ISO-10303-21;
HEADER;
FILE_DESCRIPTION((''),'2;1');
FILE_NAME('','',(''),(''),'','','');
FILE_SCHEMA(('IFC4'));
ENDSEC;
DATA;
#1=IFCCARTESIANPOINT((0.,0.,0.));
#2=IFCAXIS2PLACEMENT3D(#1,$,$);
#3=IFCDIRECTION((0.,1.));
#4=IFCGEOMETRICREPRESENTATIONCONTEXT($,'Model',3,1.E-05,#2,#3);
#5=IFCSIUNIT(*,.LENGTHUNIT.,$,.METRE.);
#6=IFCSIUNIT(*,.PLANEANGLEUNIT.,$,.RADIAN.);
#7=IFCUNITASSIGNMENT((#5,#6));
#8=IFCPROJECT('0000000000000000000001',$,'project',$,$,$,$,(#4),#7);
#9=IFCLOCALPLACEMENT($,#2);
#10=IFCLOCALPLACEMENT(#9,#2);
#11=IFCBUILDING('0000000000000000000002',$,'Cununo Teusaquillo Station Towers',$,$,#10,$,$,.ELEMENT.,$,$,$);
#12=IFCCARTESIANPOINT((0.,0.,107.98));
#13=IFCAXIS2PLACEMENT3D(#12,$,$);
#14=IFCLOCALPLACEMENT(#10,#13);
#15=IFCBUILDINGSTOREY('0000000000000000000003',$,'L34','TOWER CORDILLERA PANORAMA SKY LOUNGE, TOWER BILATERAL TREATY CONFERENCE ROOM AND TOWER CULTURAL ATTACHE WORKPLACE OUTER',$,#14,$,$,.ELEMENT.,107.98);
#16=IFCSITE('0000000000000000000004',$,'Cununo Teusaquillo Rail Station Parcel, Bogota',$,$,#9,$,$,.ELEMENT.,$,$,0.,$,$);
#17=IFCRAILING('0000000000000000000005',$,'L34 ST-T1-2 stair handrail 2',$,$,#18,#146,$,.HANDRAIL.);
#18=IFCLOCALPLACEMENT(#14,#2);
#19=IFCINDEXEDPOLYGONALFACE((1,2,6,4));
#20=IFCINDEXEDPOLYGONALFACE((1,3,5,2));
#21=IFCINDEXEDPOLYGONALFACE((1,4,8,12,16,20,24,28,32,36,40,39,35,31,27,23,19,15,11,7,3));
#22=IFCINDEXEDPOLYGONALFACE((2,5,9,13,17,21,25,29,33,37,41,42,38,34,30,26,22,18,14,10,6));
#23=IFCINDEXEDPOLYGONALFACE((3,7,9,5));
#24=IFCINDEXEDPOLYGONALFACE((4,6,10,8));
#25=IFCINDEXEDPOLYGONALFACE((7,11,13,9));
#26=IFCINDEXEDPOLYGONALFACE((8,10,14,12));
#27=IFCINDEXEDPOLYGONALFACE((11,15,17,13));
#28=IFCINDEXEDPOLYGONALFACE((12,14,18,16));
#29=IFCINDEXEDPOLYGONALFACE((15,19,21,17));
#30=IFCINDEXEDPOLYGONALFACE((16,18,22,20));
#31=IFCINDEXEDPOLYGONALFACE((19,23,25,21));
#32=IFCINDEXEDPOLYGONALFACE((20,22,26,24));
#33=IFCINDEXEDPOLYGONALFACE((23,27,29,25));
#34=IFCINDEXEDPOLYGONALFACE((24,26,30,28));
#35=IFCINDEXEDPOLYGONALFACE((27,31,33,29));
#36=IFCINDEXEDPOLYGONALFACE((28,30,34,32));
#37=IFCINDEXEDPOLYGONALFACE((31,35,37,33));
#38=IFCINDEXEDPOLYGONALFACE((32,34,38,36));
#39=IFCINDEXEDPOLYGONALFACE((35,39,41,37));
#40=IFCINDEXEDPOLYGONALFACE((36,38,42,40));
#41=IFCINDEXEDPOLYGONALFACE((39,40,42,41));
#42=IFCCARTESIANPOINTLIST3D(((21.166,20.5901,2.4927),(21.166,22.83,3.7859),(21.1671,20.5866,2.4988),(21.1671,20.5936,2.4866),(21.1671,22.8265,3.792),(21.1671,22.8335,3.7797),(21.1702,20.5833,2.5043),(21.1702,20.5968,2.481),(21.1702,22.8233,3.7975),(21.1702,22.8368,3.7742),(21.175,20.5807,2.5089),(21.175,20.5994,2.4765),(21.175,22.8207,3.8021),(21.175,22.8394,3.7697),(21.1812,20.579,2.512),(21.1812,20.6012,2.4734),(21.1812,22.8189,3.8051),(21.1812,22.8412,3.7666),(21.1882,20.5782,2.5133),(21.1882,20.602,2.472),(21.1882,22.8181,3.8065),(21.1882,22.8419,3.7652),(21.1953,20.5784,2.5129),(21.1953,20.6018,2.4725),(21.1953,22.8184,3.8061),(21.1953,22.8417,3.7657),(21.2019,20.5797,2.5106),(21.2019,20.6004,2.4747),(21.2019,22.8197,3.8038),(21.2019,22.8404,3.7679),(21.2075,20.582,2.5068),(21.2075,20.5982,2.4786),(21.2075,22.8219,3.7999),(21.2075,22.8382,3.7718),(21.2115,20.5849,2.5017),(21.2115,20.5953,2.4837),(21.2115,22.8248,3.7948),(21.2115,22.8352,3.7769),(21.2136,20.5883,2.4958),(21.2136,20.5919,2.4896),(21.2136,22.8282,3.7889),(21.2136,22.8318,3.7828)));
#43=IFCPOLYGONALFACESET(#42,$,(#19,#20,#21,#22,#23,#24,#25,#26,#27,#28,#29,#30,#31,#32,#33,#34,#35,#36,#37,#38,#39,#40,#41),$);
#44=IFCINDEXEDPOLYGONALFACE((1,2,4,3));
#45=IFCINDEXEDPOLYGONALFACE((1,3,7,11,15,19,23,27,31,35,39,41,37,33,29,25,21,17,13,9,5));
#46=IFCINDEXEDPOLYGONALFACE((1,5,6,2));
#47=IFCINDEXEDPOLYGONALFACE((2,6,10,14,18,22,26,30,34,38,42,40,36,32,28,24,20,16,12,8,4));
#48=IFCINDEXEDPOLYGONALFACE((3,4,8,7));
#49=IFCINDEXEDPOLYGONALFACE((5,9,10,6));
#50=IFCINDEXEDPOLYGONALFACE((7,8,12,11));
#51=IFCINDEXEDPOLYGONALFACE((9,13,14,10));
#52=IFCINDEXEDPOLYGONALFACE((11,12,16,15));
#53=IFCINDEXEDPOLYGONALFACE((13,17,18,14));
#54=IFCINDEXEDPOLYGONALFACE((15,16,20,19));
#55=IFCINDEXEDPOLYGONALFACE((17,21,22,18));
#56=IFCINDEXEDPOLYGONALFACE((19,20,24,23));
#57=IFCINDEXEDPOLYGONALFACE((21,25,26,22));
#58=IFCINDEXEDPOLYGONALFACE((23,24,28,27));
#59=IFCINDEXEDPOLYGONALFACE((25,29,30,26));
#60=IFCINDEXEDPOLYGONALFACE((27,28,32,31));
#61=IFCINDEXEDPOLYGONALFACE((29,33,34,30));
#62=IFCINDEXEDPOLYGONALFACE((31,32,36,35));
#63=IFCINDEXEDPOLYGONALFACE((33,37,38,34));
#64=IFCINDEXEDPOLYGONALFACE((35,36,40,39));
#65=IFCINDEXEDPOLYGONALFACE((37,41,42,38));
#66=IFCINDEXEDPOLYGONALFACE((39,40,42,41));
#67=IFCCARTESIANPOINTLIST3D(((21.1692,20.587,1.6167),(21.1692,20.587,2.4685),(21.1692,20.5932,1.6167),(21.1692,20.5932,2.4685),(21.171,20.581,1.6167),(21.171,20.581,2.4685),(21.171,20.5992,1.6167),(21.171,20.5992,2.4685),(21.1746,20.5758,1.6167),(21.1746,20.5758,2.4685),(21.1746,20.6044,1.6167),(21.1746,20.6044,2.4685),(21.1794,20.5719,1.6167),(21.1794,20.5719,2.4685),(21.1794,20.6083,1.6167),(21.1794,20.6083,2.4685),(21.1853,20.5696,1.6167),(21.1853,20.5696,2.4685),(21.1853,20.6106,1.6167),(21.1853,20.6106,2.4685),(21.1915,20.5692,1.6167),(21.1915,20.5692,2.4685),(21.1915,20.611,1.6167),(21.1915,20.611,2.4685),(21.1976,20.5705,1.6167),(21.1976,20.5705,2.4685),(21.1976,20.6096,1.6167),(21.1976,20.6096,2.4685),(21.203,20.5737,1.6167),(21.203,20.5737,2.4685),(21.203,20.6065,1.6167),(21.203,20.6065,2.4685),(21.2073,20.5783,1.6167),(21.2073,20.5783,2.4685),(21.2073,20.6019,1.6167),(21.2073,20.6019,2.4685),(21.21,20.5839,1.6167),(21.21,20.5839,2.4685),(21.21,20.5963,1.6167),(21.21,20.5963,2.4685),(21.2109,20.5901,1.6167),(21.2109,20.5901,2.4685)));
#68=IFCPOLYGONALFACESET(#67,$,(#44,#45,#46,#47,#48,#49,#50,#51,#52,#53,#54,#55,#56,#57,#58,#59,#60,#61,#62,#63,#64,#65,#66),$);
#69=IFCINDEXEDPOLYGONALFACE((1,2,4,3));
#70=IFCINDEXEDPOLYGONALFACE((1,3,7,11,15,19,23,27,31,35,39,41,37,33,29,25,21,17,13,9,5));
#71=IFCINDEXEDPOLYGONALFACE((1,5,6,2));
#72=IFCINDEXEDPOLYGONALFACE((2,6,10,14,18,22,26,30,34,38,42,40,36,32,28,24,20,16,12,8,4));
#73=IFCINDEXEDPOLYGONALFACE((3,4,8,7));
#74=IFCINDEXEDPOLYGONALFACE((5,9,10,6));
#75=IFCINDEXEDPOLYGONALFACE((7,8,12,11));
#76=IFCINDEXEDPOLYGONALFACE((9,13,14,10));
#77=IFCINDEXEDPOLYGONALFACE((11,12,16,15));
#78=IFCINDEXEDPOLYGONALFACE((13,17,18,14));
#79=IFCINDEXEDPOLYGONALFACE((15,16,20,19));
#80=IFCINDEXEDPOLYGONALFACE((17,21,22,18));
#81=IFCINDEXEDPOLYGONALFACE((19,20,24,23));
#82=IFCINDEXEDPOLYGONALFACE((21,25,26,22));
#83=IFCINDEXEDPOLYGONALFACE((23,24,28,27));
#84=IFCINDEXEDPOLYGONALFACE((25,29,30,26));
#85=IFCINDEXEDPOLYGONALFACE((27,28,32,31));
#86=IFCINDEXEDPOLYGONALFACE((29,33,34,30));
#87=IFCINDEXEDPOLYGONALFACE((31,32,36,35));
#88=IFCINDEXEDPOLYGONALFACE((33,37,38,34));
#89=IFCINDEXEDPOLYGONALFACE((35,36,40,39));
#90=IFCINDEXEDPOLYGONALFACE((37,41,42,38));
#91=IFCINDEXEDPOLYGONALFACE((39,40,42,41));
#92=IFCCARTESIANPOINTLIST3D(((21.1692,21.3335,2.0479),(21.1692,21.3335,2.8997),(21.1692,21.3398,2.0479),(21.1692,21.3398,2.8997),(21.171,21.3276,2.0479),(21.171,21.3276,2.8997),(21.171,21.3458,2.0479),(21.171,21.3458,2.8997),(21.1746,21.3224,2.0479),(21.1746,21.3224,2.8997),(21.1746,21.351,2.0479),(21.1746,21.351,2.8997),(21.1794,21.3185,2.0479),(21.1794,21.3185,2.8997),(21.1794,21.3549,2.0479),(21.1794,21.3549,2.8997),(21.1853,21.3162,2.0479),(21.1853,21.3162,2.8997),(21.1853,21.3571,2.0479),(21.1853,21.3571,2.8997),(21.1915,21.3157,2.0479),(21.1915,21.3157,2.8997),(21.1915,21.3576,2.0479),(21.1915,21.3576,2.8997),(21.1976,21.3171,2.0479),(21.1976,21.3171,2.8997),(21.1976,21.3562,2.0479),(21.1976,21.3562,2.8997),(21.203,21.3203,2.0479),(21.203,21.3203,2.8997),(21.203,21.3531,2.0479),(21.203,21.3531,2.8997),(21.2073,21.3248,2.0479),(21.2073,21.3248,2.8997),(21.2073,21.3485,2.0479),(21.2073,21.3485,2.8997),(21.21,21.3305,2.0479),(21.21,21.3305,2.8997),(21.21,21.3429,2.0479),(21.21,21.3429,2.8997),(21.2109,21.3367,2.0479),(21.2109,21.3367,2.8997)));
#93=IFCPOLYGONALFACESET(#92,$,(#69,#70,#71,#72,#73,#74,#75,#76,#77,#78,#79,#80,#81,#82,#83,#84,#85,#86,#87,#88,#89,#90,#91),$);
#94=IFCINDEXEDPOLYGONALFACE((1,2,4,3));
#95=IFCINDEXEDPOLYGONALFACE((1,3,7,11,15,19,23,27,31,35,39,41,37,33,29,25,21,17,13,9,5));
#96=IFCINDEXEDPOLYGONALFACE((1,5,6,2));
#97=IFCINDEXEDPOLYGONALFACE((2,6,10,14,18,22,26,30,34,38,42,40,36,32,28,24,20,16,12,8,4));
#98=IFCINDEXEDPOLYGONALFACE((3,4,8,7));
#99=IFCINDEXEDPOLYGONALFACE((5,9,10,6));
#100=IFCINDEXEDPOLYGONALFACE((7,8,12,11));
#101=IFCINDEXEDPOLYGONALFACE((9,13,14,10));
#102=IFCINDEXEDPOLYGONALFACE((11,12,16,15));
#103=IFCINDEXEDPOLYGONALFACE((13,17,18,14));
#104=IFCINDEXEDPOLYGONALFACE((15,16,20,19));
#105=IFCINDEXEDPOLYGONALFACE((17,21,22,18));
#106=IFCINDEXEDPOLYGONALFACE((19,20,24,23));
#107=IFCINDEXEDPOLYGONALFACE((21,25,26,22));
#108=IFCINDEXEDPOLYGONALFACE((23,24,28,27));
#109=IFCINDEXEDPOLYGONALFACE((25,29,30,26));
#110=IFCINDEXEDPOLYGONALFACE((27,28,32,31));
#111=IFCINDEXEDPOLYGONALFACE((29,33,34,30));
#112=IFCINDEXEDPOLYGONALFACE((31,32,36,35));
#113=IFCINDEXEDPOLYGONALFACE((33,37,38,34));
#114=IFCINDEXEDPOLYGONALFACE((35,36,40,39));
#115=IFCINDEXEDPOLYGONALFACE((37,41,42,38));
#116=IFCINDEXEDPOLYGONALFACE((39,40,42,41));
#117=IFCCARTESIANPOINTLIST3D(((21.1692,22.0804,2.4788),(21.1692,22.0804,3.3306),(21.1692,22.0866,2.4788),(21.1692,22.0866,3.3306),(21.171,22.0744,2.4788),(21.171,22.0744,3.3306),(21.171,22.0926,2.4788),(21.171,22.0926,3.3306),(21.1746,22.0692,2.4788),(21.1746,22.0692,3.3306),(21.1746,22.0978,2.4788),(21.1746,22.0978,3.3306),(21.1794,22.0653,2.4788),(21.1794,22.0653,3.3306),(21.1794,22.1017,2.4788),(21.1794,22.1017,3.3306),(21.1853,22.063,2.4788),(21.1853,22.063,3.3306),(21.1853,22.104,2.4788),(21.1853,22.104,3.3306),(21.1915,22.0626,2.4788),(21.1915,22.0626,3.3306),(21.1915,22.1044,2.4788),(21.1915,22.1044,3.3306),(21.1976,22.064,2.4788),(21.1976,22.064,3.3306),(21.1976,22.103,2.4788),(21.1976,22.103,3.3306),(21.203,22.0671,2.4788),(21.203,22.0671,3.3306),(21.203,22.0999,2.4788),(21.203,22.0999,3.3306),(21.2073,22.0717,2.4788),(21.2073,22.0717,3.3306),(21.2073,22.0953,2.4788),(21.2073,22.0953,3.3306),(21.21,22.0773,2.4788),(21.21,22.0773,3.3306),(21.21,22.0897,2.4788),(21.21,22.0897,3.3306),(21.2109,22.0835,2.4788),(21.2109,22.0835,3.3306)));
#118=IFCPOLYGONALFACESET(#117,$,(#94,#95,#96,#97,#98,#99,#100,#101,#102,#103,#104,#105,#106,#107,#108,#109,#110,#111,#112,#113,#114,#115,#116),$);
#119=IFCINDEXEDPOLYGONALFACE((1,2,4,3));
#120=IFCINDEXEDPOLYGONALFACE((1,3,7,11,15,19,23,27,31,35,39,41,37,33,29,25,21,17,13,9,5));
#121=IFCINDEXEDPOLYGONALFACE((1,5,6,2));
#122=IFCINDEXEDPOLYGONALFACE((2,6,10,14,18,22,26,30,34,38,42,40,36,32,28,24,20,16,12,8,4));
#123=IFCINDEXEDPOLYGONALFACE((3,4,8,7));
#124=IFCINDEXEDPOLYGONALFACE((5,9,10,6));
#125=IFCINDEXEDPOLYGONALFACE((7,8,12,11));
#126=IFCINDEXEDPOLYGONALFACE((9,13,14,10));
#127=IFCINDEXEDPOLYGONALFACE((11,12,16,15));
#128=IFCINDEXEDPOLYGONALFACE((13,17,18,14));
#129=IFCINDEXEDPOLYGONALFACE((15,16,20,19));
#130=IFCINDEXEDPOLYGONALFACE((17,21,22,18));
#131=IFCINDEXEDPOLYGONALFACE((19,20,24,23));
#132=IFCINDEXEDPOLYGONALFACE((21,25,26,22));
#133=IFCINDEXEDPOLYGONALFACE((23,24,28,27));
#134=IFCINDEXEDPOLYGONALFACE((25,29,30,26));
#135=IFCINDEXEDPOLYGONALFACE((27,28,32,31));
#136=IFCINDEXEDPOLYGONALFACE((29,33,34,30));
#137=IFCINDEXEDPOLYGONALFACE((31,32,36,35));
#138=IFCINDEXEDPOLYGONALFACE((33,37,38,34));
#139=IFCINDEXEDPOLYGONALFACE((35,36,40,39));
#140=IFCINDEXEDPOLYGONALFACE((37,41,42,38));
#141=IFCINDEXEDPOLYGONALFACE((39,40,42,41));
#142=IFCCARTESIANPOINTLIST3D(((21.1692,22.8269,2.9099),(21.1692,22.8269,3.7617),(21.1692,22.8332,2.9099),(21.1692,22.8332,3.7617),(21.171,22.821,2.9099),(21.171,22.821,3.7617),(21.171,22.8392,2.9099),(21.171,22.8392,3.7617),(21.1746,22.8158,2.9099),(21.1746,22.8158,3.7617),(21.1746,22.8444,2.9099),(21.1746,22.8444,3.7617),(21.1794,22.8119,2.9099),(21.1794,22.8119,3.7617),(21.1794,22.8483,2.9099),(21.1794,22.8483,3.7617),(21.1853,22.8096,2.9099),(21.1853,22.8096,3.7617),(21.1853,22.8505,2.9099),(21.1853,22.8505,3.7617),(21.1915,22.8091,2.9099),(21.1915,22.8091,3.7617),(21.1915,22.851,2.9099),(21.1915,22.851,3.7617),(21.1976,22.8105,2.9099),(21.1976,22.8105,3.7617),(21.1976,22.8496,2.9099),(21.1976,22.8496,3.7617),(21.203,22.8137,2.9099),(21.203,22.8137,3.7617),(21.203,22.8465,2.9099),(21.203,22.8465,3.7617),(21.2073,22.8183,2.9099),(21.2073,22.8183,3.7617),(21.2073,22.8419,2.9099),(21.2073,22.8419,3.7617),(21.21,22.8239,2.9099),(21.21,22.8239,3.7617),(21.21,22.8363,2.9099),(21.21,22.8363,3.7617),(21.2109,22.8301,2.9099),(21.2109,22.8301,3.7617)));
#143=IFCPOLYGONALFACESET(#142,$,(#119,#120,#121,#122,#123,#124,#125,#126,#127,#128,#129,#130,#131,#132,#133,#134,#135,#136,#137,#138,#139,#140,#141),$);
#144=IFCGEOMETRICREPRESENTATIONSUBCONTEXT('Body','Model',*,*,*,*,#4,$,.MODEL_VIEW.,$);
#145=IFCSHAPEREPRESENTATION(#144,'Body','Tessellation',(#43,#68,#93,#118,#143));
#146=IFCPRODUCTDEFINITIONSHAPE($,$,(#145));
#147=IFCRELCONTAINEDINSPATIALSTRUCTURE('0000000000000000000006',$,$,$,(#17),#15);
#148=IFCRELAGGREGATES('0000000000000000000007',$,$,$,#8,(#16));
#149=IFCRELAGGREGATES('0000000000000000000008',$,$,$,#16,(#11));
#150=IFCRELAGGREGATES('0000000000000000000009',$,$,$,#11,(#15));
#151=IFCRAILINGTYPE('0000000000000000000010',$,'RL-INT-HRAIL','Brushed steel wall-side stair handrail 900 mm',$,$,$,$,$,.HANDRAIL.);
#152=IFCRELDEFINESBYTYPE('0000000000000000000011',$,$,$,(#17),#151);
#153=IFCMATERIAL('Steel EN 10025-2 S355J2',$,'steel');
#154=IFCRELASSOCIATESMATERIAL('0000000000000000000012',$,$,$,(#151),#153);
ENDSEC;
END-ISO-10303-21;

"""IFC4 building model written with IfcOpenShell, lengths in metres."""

from ifc_helpers import new_model, si_unit, direction, frame, origin, origin_2d, place, context, subcontext, project, spatial, circle, extrude, material, type_object, element, save


model = new_model("IFC4")

# Units and contexts
model_context = context("Model", 3, precision=1e-05, world=origin(), true_north=direction((0.0, 1.0)))
body_context = subcontext(model_context, "Body", "Model", "MODEL_VIEW")
ifc_project = project(units=[si_unit("LENGTHUNIT", "METRE"), si_unit("PLANEANGLEUNIT", "RADIAN")], contexts=[model_context])

# Site, building, storey
site_placement = place(None, origin())
site = spatial("IfcSite", under=ifc_project, at=site_placement, Name="Cununo Teusaquillo Rail Station Parcel, Bogota", CompositionType="ELEMENT", RefElevation=0.0)
building_placement = place(site_placement, origin())
building = spatial("IfcBuilding", under=site, at=building_placement, Name="Cununo Teusaquillo Station Towers", CompositionType="ELEMENT")
storey_placement = place(building_placement, frame((0.0, 0.0, 107.98)))
storey = spatial("IfcBuildingStorey", under=building, at=storey_placement, Name="L34", Description="TOWER CORDILLERA PANORAMA SKY LOUNGE, TOWER BILATERAL TREATY CONFERENCE ROOM AND TOWER CULTURAL ATTACHE WORKPLACE OUTER", CompositionType="ELEMENT", Elevation=107.98)

# Railing
ifc_material_1 = material(Name="Steel EN 10025-2 S355J2", Category="steel")
railing_type_1 = type_object("IfcRailingType", Name="RL-INT-HRAIL", Description="Brushed steel wall-side stair handrail 900 mm", PredefinedType="HANDRAIL", material=ifc_material_1)
railing_1_placement = place(storey_placement, frame((21.1899, 20.5901, 1.6167)))
element("IfcRailing", 1, at=railing_1_placement, inside=storey, type_object=railing_type_1, Name="L34 ST-T1-2 stair handrail 2", PredefinedType="HANDRAIL", context=body_context, shape_type="SweptSolid", body=[
    extrude(circle(Radius=0.0239, at=origin_2d()), frame((0.0, 0.0, 0.876), z_axis=(0.0, 0.866033, 0.499987), x_axis=(-1.0, 0.0, 0.0)), (0.0, 0.0, 1.0), 2.5864),
    extrude(circle(Radius=0.021, at=origin_2d()), origin(), (0.0, 0.0, 1.0), 0.8518),
    extrude(circle(Radius=0.021, at=origin_2d()), frame((0.0, 0.7466, 0.4312)), (0.0, 0.0, 1.0), 0.8518),
    extrude(circle(Radius=0.021, at=origin_2d()), frame((0.0, 1.4934, 0.8621)), (0.0, 0.0, 1.0), 0.8518),
    extrude(circle(Radius=0.021, at=origin_2d()), frame((0.0, 2.24, 1.2932)), (0.0, 0.0, 1.0), 0.8518),
])

save(model, "model.ifc")
